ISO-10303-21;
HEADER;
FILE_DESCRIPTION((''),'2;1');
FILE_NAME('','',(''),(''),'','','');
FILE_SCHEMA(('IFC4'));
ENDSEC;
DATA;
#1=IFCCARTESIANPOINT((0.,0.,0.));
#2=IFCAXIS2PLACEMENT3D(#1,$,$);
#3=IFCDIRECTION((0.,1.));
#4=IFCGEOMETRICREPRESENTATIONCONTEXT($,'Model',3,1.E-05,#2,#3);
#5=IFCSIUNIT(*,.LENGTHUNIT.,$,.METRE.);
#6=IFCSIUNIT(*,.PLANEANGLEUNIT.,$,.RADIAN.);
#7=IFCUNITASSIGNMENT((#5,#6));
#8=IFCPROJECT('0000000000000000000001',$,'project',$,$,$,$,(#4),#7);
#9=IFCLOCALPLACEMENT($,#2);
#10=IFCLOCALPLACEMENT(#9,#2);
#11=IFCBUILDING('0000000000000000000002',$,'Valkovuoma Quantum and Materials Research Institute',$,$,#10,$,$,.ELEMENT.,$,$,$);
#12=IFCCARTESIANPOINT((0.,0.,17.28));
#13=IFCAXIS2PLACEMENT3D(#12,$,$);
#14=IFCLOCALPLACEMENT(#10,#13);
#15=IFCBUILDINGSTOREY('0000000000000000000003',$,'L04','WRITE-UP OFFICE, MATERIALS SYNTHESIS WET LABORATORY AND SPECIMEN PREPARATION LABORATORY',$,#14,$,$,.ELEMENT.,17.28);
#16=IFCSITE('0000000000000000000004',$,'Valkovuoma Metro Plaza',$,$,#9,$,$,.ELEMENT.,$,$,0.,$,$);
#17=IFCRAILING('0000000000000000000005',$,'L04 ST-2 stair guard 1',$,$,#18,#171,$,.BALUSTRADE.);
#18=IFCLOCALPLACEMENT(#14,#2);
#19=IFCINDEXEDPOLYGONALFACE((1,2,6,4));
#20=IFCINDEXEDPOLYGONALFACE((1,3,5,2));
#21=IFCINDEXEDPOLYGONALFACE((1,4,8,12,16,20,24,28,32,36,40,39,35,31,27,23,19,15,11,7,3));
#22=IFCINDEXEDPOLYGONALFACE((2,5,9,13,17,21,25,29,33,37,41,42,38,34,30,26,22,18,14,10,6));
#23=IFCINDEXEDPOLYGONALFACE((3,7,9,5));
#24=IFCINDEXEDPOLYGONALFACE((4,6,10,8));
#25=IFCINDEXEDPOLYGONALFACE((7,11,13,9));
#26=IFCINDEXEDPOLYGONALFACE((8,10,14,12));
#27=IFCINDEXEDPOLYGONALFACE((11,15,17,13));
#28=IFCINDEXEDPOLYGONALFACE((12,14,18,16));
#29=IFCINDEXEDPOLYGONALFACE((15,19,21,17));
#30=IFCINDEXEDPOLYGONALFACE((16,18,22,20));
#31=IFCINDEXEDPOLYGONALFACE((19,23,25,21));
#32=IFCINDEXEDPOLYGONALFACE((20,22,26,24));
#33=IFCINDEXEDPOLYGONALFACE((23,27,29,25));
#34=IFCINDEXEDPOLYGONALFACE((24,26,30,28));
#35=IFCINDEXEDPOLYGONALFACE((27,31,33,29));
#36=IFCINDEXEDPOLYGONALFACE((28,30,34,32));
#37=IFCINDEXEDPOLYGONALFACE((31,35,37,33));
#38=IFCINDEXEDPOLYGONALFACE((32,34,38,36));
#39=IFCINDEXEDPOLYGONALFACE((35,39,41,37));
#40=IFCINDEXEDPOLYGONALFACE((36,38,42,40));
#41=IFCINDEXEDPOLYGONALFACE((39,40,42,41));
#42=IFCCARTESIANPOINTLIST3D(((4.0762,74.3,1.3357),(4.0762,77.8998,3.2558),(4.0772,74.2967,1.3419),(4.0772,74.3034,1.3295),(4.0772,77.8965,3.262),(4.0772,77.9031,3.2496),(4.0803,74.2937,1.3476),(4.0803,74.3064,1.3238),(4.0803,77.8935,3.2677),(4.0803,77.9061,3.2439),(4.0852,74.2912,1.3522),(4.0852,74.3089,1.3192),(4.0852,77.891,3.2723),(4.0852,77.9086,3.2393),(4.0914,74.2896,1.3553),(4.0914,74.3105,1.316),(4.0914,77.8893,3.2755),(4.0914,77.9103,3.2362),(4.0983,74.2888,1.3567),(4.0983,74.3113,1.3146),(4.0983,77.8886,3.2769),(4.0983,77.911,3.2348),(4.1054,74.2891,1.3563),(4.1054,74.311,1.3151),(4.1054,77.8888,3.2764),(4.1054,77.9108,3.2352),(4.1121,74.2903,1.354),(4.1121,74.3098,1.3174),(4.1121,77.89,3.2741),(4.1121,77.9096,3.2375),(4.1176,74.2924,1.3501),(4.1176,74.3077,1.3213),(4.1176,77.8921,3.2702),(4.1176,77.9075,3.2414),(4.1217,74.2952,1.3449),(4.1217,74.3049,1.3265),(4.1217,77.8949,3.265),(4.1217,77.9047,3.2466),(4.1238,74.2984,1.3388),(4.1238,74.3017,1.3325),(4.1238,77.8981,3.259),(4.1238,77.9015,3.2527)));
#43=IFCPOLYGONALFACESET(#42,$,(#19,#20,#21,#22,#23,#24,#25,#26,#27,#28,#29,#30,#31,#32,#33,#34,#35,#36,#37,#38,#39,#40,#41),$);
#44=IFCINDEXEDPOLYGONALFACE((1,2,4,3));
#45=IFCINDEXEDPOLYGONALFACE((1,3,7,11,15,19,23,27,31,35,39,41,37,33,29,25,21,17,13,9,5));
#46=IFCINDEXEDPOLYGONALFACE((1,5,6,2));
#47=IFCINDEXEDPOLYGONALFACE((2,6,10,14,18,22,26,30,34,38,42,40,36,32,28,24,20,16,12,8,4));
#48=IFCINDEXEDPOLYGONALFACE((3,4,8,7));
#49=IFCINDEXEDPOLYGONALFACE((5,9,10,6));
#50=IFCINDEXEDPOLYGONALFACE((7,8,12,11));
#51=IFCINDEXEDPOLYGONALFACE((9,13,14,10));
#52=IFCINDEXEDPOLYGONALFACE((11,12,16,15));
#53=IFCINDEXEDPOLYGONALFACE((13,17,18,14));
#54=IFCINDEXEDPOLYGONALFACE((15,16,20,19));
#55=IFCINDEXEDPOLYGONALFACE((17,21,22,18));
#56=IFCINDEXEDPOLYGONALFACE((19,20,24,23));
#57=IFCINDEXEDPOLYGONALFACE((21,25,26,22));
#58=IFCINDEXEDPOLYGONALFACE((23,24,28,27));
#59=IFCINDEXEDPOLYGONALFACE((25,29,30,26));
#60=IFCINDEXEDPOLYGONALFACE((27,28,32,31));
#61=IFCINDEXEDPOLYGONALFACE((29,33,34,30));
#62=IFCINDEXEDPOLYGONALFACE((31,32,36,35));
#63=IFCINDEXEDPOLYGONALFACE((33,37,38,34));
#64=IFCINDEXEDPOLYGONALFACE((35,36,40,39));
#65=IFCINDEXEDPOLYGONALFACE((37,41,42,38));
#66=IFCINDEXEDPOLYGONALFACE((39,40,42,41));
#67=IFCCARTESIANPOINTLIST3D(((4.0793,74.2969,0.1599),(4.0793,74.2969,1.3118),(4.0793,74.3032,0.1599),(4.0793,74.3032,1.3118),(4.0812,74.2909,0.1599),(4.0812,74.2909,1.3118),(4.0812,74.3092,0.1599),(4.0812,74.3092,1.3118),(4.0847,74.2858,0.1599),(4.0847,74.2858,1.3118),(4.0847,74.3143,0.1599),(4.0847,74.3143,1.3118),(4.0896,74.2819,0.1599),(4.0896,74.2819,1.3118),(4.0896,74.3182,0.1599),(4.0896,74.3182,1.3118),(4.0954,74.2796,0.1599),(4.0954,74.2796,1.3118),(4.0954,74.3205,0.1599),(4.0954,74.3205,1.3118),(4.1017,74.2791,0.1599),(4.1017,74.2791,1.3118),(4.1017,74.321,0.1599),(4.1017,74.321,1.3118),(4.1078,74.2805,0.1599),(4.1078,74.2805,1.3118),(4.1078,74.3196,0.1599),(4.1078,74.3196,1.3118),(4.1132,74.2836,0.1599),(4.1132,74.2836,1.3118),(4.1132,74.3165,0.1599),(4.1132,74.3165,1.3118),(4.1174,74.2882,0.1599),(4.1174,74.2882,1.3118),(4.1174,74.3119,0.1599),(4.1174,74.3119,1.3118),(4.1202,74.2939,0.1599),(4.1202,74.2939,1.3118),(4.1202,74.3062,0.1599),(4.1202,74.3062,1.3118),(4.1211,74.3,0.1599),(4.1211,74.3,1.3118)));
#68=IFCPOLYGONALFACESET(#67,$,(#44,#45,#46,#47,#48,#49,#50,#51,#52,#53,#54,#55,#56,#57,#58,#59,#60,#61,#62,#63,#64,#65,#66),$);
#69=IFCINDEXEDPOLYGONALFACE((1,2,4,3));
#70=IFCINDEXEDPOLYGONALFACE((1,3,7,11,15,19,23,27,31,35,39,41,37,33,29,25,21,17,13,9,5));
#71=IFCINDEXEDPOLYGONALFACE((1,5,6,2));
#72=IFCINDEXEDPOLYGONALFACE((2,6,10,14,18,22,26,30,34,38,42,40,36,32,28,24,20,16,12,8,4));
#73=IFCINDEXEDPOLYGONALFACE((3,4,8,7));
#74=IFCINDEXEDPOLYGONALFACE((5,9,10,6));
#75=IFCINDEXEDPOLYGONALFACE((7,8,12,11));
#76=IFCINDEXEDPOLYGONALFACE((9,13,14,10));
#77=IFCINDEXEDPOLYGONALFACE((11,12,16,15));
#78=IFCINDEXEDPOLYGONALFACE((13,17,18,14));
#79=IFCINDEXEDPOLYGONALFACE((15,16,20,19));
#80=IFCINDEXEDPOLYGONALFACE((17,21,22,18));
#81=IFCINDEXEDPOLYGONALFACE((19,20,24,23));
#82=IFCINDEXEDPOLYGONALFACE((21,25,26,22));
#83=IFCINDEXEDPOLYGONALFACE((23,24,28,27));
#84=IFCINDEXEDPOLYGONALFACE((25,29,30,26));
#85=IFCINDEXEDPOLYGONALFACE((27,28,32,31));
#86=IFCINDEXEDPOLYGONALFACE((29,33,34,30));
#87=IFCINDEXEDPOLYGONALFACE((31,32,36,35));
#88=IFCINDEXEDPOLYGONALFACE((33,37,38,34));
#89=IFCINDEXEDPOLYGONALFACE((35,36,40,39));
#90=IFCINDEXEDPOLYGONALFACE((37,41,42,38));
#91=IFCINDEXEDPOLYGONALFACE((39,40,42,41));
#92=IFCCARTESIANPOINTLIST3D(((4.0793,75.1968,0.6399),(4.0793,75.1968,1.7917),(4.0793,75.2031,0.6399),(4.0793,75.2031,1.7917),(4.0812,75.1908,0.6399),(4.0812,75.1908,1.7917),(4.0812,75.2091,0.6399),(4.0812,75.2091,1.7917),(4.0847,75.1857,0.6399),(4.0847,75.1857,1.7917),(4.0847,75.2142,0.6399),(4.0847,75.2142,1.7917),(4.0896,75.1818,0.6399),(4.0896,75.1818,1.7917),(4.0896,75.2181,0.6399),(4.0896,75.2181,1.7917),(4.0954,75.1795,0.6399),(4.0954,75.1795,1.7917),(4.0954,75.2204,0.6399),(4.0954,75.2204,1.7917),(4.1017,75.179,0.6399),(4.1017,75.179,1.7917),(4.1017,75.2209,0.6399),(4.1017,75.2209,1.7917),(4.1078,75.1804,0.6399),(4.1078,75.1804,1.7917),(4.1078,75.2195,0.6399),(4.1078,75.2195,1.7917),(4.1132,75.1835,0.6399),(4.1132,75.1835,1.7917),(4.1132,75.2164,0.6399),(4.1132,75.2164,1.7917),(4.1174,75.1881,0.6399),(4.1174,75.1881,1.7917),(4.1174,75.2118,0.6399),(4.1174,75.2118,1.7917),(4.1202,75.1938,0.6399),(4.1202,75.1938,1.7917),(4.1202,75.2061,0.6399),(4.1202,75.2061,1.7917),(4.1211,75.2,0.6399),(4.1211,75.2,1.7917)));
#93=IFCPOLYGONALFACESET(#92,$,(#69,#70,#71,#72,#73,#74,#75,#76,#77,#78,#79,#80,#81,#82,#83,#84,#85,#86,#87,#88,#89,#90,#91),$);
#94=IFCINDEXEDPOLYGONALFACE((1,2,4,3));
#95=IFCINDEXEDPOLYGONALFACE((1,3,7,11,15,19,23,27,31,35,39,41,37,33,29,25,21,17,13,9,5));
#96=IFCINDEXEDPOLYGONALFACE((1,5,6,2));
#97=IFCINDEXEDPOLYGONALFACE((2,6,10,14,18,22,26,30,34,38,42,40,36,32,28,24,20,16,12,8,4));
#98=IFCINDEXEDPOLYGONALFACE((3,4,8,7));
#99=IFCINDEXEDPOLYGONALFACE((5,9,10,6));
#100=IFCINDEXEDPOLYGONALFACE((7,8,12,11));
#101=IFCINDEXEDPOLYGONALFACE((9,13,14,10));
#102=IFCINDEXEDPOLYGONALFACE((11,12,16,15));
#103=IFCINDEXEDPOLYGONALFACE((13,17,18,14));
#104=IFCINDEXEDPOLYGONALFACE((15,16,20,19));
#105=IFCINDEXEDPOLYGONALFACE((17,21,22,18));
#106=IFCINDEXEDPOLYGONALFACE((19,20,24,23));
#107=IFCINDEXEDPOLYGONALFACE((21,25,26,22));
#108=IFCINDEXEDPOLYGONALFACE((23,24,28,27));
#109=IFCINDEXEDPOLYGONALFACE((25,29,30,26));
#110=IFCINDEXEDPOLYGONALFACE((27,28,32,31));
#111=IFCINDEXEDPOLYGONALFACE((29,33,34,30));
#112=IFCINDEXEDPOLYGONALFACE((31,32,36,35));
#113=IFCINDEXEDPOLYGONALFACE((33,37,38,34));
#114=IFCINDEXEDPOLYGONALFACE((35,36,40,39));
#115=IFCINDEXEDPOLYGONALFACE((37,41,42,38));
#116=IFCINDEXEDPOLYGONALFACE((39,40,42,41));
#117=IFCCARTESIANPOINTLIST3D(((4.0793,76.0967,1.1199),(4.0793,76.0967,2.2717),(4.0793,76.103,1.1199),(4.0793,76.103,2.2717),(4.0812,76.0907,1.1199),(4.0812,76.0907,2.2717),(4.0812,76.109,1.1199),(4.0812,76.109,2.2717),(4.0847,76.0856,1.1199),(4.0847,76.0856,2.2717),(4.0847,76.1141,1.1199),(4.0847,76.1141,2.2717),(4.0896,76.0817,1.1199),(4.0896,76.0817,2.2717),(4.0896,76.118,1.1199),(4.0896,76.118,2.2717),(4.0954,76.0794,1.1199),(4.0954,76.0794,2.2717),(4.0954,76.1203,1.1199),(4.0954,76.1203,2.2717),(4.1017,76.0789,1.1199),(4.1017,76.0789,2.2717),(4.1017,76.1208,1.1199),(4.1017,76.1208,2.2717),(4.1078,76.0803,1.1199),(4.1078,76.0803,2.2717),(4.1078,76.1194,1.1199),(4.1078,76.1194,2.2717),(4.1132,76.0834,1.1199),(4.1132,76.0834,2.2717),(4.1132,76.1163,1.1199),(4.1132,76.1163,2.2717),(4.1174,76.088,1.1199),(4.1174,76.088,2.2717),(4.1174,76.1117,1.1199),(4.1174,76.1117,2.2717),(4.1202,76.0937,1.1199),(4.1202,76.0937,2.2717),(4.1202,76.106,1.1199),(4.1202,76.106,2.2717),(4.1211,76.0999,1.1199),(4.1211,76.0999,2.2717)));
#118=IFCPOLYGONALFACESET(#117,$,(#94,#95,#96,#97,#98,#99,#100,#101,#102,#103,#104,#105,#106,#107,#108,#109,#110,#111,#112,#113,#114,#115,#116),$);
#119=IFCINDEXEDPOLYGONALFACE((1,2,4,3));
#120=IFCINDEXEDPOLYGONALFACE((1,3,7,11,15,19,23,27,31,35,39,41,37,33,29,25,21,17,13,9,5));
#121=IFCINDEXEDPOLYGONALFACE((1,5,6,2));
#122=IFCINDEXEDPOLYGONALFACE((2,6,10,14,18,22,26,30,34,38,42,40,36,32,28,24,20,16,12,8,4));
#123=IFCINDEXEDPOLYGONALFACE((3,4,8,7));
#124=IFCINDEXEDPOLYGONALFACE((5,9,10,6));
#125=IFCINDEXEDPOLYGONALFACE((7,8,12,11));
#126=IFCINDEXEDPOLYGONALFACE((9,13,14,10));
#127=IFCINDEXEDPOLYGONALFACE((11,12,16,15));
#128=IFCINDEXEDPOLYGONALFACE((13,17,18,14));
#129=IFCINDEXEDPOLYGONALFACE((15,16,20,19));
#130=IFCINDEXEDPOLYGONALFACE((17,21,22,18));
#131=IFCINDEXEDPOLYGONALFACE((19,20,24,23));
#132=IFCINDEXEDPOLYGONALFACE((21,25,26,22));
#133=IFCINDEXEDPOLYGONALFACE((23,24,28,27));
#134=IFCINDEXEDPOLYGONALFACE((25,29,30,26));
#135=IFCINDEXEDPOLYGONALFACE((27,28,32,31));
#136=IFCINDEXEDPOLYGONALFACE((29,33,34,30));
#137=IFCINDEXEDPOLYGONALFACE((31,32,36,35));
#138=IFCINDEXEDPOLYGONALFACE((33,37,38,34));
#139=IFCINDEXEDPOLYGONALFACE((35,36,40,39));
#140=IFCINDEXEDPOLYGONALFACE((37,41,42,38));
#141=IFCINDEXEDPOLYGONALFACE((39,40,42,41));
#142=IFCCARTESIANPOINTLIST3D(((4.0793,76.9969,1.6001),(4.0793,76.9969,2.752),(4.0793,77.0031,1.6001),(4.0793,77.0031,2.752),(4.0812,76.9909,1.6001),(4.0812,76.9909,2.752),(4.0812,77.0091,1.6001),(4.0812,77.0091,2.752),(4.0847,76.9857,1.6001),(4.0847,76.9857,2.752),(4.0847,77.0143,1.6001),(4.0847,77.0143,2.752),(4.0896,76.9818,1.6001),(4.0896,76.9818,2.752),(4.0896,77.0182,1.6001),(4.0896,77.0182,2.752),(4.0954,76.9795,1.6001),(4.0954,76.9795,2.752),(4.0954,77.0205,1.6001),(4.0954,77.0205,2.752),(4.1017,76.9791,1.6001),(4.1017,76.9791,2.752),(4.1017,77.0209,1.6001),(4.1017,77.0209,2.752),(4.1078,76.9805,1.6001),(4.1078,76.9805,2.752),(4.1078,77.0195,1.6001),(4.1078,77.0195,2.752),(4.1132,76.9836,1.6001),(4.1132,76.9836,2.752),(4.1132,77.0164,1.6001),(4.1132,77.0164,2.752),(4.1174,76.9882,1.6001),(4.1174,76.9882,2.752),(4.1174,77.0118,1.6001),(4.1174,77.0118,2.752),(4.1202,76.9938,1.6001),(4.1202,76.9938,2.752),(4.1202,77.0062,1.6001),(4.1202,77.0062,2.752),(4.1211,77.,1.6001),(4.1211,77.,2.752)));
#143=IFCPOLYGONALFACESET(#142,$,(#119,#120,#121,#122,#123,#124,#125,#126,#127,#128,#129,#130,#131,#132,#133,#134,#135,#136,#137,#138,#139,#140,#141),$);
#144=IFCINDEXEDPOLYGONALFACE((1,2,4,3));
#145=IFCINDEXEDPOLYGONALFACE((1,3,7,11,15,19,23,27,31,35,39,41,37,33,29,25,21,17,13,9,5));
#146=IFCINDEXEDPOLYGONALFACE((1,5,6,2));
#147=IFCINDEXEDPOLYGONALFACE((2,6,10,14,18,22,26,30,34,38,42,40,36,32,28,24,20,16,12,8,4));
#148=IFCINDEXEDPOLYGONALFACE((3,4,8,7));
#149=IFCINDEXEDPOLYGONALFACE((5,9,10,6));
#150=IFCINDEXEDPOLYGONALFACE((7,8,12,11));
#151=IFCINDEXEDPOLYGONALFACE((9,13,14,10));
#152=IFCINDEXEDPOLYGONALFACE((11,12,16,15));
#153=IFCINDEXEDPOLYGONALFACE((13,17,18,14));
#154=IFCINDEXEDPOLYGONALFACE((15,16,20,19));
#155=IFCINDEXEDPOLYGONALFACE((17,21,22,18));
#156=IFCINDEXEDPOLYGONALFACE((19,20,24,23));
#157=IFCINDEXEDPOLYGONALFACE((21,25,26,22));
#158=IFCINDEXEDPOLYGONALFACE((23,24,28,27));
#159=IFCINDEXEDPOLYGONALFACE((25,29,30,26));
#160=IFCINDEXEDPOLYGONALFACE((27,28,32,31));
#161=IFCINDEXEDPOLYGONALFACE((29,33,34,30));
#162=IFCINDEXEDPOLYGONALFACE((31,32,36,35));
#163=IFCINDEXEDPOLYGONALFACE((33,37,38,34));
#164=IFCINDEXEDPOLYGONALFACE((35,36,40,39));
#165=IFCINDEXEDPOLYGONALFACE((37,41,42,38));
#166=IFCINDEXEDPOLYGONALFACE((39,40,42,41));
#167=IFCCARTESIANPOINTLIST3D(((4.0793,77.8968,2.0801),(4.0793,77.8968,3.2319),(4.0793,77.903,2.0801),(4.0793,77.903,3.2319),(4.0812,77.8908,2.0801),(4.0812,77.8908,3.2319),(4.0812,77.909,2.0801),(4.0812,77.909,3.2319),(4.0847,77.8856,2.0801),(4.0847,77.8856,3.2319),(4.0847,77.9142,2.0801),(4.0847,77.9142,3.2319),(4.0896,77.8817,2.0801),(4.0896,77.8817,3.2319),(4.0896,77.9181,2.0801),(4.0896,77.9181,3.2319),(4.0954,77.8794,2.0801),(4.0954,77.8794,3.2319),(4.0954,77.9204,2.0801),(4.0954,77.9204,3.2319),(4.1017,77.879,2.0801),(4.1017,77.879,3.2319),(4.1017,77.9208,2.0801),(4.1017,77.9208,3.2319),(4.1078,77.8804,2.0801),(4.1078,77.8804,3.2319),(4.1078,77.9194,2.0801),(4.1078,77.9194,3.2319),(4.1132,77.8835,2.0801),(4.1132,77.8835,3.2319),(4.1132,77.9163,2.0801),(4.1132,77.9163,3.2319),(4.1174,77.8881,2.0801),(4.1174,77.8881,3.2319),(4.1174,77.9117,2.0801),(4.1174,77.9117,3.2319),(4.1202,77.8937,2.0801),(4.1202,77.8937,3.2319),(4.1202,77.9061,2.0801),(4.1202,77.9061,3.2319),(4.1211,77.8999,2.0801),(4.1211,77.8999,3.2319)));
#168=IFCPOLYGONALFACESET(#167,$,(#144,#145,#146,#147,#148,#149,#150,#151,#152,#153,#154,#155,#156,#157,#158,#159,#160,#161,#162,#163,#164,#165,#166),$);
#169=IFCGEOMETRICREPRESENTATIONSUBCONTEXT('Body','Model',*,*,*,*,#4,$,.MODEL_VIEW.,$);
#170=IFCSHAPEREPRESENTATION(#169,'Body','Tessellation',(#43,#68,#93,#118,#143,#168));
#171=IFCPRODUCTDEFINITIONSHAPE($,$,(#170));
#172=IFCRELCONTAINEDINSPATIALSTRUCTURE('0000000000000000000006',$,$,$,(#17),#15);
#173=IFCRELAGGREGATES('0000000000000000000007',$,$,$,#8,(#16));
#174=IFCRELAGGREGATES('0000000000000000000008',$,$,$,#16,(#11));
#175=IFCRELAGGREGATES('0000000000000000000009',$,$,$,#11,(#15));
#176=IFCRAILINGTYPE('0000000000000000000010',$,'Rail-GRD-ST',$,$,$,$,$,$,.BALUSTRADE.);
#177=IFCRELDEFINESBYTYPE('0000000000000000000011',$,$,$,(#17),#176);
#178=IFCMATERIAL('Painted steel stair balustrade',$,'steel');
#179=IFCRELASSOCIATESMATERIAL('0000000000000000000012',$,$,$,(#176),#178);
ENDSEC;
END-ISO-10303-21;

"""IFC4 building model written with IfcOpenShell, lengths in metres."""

from ifc_helpers import new_model, si_unit, direction, frame, origin, origin_2d, place, context, subcontext, project, spatial, circle, extrude, material, type_object, element, save


model = new_model("IFC4")

# Units and contexts
model_context = context("Model", 3, precision=1e-05, world=origin(), true_north=direction((0.0, 1.0)))
body_context = subcontext(model_context, "Body", "Model", "MODEL_VIEW")
ifc_project = project(units=[si_unit("LENGTHUNIT", "METRE"), si_unit("PLANEANGLEUNIT", "RADIAN")], contexts=[model_context])

# Site, building, storey
site_placement = place(None, origin())
site = spatial("IfcSite", under=ifc_project, at=site_placement, Name="Valkovuoma Metro Plaza", CompositionType="ELEMENT", RefElevation=0.0)
building_placement = place(site_placement, origin())
building = spatial("IfcBuilding", under=site, at=building_placement, Name="Valkovuoma Quantum and Materials Research Institute", CompositionType="ELEMENT")
storey_placement = place(building_placement, frame((0.0, 0.0, 17.28)))
storey = spatial("IfcBuildingStorey", under=building, at=storey_placement, Name="L04", Description="WRITE-UP OFFICE, MATERIALS SYNTHESIS WET LABORATORY AND SPECIMEN PREPARATION LABORATORY", CompositionType="ELEMENT", Elevation=17.28)

# Railing
ifc_material_1 = material(Name="Painted steel stair balustrade", Category="steel")
railing_type_1 = type_object("IfcRailingType", Name="Rail-GRD-ST", PredefinedType="BALUSTRADE", material=ifc_material_1)
railing_1_placement = place(storey_placement, frame((4.1001, 74.3, 0.1599)))
element("IfcRailing", 1, at=railing_1_placement, inside=storey, type_object=railing_type_1, Name="L04 ST-2 stair guard 1", PredefinedType="BALUSTRADE", context=body_context, shape_type="SweptSolid", body=[
    extrude(circle(Radius=0.0239, at=origin_2d()), frame((0.0, 0.0, 1.1758), z_axis=(0.0, 0.882328, 0.470635), x_axis=(-1.0, 0.0, 0.0)), (0.0, 0.0, 1.0), 4.0798),
    extrude(circle(Radius=0.021, at=origin_2d()), origin(), (0.0, 0.0, 1.0), 1.1519),
    extrude(circle(Radius=0.021, at=origin_2d()), frame((0.0, 0.8999, 0.48)), (0.0, 0.0, 1.0), 1.1519),
    extrude(circle(Radius=0.021, at=origin_2d()), frame((0.0, 1.7998, 0.96)), (0.0, 0.0, 1.0), 1.1519),
    extrude(circle(Radius=0.021, at=origin_2d()), frame((0.0, 2.7, 1.4402)), (0.0, 0.0, 1.0), 1.1519),
    extrude(circle(Radius=0.021, at=origin_2d()), frame((0.0, 3.5999, 1.9202)), (0.0, 0.0, 1.0), 1.1519),
])

save(model, "model.ifc")
